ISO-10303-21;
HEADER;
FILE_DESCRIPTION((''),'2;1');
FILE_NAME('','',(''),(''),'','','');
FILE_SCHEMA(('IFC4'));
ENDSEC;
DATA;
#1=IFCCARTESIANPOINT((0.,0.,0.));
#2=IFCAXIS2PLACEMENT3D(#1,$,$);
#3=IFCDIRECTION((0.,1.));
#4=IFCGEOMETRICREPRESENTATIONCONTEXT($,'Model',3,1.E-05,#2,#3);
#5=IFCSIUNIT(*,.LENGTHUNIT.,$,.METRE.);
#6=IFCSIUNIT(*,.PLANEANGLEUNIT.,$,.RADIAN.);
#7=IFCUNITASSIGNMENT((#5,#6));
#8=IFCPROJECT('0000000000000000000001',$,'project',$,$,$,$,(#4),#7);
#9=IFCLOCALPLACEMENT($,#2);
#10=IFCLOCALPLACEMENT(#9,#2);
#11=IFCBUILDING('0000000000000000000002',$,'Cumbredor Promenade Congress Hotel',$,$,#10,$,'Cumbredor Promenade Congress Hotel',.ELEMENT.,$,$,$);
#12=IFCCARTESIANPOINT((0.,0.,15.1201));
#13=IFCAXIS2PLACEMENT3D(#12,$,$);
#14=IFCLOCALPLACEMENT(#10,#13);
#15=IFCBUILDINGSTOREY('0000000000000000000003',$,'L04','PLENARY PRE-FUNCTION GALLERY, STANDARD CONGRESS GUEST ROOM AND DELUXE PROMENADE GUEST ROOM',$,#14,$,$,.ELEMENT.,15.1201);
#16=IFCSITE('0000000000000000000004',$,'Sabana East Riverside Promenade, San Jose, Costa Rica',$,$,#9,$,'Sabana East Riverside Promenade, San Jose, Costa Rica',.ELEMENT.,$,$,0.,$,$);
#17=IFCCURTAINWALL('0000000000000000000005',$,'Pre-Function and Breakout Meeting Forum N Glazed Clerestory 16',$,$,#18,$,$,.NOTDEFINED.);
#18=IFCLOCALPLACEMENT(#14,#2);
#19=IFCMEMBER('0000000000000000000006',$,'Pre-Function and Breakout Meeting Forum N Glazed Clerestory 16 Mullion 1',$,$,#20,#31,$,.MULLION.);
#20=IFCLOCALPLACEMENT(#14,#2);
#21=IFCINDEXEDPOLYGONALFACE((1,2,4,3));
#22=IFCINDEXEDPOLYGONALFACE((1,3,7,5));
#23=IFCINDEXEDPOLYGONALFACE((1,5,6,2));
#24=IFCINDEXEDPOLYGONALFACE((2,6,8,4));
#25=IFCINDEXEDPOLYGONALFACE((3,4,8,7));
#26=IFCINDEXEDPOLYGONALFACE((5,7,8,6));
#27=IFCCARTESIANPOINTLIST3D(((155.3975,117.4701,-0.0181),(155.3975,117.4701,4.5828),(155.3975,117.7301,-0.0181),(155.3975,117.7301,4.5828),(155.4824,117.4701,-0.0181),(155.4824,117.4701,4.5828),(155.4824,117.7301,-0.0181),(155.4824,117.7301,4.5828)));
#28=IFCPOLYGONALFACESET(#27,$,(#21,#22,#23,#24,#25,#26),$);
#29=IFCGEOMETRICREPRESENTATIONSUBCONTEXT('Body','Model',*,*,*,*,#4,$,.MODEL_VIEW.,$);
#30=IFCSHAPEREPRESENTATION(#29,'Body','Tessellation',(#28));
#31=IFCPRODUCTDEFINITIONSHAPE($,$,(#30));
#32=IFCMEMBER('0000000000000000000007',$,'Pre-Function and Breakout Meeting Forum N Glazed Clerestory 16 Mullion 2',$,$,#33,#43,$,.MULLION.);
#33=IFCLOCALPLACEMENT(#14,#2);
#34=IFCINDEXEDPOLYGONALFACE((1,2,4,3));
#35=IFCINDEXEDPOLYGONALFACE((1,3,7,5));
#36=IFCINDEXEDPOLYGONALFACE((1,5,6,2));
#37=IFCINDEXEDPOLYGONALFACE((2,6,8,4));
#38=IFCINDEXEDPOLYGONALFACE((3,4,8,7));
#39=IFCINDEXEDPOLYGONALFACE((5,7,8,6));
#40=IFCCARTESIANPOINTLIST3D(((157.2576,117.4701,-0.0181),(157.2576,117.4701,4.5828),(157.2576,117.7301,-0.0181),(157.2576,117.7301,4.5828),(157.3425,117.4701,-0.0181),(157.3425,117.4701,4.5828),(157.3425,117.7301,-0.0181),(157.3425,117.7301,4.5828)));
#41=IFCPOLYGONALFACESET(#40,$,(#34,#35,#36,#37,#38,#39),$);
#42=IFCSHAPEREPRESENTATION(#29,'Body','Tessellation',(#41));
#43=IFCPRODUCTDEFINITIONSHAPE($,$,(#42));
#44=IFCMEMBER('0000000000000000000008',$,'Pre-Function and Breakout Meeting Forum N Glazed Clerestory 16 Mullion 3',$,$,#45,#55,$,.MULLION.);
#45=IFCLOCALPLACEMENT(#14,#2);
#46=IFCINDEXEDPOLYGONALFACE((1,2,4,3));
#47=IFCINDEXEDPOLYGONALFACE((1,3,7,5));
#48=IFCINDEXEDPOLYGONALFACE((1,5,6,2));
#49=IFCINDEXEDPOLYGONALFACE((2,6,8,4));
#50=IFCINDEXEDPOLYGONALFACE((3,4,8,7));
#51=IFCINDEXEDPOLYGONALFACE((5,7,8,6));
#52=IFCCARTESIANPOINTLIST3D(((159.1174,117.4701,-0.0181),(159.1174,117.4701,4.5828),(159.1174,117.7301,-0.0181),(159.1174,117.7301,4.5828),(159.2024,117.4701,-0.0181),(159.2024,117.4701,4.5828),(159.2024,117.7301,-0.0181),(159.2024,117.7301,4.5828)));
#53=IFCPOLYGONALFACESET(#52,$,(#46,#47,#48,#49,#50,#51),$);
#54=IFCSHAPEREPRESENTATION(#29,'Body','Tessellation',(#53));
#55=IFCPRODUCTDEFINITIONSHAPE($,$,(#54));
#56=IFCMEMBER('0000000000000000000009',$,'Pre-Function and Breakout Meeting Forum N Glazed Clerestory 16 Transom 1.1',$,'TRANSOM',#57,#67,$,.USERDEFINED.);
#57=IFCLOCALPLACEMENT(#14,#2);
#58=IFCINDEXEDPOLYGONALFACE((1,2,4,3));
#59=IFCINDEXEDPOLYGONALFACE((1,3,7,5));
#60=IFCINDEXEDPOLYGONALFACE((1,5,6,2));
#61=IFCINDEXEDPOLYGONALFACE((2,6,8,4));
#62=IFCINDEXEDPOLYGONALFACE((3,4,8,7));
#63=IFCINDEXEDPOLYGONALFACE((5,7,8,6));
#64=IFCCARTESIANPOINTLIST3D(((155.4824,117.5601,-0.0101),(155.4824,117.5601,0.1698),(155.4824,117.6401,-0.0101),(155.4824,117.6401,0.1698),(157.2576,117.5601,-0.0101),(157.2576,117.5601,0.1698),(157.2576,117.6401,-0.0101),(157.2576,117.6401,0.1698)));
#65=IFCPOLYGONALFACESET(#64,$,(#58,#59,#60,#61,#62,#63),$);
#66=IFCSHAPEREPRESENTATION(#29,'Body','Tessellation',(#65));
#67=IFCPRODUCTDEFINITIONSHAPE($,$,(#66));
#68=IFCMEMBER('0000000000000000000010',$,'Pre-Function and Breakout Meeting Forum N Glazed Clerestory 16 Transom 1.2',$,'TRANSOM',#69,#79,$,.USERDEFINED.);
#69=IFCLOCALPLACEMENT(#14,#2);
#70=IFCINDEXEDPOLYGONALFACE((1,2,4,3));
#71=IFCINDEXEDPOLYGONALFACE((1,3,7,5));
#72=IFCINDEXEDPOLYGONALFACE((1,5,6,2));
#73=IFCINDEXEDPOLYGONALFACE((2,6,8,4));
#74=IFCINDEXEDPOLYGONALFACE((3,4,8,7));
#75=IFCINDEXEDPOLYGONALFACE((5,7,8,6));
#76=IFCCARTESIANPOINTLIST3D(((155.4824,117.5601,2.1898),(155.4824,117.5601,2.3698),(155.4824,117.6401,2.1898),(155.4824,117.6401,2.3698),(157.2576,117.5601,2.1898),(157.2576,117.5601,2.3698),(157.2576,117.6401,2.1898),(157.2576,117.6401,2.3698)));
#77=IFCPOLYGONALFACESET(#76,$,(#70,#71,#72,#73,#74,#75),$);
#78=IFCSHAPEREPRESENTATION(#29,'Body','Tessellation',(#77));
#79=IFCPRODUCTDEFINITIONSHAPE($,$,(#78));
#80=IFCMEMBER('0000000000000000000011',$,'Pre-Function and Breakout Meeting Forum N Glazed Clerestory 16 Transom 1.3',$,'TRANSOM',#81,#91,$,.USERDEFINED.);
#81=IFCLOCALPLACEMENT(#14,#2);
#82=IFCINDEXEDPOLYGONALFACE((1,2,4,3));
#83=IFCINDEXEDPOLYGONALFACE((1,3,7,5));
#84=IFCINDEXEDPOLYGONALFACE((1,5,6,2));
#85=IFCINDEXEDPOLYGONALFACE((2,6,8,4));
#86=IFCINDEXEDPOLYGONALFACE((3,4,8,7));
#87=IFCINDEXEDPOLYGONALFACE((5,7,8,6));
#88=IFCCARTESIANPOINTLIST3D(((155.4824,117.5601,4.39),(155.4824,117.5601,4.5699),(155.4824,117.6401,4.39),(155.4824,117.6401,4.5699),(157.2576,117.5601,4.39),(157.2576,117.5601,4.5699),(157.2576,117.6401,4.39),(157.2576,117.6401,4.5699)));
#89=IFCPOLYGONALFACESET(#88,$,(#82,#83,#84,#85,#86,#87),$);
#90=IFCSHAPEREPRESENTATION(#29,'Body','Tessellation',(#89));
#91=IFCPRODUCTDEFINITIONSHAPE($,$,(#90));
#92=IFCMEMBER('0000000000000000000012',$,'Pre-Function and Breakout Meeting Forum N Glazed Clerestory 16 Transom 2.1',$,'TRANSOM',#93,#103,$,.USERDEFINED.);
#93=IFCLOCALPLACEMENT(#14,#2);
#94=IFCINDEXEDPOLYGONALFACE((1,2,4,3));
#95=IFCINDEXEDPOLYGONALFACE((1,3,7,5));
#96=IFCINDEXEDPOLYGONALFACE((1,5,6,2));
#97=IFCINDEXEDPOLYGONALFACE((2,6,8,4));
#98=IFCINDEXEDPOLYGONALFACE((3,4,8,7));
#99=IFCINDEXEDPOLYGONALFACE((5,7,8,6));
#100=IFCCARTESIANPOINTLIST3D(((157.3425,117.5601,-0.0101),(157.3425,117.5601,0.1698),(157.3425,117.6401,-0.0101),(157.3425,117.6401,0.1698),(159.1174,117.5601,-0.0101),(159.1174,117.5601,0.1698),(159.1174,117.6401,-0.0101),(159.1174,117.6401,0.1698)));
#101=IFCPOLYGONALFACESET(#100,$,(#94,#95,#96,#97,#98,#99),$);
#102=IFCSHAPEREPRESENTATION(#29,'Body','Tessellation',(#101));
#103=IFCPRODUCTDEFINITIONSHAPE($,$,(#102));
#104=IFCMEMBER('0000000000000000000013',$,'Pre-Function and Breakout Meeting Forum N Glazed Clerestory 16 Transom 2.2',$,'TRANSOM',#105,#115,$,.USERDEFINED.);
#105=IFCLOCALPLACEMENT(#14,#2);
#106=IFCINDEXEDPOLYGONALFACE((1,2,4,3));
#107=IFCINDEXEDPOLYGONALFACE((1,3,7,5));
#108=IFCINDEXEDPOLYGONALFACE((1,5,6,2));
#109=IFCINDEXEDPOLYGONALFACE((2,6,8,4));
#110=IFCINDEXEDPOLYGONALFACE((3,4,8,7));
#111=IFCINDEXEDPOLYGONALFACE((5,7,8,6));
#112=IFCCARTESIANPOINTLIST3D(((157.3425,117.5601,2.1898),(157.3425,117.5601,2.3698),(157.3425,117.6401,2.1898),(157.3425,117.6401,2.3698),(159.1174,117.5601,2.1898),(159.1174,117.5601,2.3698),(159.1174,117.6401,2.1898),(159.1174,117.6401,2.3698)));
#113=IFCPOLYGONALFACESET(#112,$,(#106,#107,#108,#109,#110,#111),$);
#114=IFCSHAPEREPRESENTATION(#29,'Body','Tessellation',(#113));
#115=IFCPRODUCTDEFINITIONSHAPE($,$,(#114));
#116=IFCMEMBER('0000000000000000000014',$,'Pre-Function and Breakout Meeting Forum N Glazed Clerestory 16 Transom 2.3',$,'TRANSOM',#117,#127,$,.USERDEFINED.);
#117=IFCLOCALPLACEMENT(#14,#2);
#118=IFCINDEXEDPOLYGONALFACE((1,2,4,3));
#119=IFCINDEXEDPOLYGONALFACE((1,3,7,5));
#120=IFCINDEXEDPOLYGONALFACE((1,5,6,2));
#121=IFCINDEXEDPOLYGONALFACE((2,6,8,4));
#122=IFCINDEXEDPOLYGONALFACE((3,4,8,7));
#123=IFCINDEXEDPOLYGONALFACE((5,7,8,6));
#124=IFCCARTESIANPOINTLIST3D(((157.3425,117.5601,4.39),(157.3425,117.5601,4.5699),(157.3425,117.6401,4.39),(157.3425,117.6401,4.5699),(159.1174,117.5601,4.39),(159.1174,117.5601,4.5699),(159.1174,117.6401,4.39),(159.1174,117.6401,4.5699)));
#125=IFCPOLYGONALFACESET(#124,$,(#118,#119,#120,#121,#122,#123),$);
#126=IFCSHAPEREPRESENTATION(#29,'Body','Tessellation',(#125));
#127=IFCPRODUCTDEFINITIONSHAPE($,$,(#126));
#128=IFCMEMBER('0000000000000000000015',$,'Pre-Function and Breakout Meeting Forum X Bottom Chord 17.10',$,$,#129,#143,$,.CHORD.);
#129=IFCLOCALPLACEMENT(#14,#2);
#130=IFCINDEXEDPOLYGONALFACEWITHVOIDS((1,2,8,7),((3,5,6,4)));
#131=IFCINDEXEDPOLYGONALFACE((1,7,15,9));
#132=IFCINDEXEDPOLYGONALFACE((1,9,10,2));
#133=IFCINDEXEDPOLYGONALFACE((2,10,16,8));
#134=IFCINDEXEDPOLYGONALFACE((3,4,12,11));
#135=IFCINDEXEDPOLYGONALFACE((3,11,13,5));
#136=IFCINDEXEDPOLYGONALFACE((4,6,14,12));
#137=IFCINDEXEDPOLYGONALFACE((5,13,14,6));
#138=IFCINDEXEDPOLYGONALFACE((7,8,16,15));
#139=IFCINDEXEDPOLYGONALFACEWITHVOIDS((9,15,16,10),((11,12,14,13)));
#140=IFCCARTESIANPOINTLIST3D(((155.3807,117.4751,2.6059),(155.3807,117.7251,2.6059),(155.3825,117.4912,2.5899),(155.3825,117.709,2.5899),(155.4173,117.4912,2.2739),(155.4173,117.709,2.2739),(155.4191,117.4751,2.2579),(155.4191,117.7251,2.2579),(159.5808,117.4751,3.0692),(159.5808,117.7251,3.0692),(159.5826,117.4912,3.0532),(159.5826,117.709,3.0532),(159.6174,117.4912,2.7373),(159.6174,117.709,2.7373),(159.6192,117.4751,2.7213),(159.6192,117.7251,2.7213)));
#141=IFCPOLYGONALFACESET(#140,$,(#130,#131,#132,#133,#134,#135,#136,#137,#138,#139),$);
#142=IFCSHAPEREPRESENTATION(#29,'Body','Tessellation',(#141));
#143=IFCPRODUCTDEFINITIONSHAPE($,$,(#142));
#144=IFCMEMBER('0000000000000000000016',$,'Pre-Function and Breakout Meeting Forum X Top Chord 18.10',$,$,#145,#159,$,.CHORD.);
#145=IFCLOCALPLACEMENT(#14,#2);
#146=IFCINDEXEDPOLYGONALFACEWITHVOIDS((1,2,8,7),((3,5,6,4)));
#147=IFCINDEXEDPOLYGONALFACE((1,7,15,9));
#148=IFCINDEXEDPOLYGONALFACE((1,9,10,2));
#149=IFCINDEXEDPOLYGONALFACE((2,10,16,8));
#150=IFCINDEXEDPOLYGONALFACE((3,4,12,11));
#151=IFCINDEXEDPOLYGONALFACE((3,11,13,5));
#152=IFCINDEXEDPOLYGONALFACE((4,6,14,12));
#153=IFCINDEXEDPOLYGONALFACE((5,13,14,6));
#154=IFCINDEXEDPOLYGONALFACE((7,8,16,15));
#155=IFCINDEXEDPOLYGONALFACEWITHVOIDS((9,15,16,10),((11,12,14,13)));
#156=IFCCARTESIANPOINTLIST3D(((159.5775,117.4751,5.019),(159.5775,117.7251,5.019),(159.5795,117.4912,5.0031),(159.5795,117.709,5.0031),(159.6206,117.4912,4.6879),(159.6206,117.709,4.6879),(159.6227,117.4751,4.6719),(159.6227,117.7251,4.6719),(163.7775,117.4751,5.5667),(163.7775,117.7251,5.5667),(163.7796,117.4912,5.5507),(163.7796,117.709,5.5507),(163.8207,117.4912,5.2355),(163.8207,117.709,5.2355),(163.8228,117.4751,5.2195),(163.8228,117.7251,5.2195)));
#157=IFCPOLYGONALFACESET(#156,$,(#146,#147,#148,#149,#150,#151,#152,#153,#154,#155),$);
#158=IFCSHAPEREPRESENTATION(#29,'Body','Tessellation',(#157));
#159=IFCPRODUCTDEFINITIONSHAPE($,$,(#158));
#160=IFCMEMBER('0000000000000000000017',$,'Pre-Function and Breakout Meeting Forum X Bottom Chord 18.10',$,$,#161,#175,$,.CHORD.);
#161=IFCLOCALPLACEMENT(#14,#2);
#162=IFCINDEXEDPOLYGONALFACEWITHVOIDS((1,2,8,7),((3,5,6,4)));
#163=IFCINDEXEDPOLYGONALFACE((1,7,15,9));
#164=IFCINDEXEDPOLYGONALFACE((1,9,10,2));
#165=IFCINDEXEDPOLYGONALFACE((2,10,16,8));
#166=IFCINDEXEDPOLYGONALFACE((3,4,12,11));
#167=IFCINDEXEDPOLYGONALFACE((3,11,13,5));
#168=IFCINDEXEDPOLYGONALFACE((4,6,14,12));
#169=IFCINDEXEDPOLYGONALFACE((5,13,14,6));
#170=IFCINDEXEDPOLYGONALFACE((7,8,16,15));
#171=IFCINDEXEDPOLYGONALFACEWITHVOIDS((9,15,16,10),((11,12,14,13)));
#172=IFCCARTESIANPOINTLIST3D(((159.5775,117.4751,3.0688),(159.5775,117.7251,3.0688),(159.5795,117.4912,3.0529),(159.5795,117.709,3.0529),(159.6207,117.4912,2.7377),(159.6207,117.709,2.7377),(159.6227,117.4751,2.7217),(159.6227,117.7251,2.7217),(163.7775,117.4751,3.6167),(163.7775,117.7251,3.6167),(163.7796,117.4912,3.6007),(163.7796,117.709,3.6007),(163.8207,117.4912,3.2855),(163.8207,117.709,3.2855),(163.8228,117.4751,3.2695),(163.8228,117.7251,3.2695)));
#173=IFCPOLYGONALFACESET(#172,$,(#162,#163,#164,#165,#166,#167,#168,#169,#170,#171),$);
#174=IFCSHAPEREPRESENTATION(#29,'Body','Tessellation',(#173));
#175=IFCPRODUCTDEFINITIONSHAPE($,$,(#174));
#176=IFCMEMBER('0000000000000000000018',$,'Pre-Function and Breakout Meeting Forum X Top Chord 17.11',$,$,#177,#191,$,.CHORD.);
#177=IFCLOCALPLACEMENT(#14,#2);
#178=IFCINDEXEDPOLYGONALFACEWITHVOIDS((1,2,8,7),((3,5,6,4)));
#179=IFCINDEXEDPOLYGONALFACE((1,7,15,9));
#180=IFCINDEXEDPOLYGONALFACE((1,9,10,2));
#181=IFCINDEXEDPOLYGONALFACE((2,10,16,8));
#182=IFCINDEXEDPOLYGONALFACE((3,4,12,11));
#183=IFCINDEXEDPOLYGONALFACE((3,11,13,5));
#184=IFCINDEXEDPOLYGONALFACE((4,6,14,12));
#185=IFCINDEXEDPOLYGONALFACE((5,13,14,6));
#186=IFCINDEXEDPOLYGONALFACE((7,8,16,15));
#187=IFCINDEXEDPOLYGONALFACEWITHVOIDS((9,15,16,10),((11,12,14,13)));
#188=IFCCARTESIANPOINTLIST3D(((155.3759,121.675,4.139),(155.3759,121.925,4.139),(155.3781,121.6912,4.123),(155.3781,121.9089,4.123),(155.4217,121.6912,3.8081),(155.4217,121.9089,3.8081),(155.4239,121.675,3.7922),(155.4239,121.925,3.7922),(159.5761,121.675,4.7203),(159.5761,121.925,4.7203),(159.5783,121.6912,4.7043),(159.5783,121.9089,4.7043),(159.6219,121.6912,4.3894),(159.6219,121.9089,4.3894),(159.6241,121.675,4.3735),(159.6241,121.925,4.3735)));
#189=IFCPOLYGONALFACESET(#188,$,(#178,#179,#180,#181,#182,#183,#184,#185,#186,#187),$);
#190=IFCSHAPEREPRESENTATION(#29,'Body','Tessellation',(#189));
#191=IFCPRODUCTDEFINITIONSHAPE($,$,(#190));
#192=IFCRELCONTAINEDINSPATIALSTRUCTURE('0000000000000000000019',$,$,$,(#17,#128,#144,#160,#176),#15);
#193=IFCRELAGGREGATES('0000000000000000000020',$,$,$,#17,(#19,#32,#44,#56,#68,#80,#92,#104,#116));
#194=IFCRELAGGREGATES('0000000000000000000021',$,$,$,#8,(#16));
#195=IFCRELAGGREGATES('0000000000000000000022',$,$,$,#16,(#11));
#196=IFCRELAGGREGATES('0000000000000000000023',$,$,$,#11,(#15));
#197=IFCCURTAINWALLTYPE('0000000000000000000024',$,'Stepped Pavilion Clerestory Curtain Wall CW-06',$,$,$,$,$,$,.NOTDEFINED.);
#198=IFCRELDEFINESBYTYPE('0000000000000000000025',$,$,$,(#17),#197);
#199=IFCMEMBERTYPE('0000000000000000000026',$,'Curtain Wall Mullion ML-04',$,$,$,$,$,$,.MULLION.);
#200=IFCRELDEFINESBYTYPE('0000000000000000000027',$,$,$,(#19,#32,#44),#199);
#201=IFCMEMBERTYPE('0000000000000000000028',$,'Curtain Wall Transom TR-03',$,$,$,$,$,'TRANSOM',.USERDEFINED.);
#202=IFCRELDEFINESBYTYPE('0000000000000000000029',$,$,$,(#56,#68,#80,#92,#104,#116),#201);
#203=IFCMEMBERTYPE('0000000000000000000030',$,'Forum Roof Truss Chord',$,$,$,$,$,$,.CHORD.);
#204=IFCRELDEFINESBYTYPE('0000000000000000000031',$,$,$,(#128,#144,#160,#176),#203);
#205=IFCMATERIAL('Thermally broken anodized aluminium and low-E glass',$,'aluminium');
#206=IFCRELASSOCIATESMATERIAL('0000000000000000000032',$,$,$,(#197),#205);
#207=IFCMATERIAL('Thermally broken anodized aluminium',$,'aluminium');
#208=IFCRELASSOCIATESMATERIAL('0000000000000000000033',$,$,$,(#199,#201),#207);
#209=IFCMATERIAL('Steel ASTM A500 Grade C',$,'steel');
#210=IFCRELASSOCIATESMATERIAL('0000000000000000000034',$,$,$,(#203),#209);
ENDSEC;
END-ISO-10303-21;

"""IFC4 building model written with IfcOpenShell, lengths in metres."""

from ifc_helpers import new_model, si_unit, direction, frame, origin, origin_2d, place, context, subcontext, project, spatial, rectangle, hollow_rectangle, extrude, material, material_profile, profile_set, type_object, element, aggregate, save


model = new_model("IFC4")

# Units and contexts
model_context = context("Model", 3, precision=1e-05, world=origin(), true_north=direction((0.0, 1.0)))
body_context = subcontext(model_context, "Body", "Model", "MODEL_VIEW")
ifc_project = project(units=[si_unit("LENGTHUNIT", "METRE"), si_unit("PLANEANGLEUNIT", "RADIAN")], contexts=[model_context])

# Site, building, storey
site_placement = place(None, origin())
site = spatial("IfcSite", under=ifc_project, at=site_placement, Name="Sabana East Riverside Promenade, San Jose, Costa Rica", LongName="Sabana East Riverside Promenade, San Jose, Costa Rica", CompositionType="ELEMENT", RefElevation=0.0)
building_placement = place(site_placement, origin())
building = spatial("IfcBuilding", under=site, at=building_placement, Name="Cumbredor Promenade Congress Hotel", LongName="Cumbredor Promenade Congress Hotel", CompositionType="ELEMENT")
storey_placement = place(building_placement, frame((0.0, 0.0, 15.1201)))
storey = spatial("IfcBuildingStorey", under=building, at=storey_placement, Name="L04", Description="PLENARY PRE-FUNCTION GALLERY, STANDARD CONGRESS GUEST ROOM AND DELUXE PROMENADE GUEST ROOM", CompositionType="ELEMENT", Elevation=15.1201)

# Curtain wall, members
ifc_material_1 = material(Name="Thermally broken anodized aluminium and low-E glass", Category="aluminium")
curtain_wall_type = type_object("IfcCurtainWallType", Name="Stepped Pavilion Clerestory Curtain Wall CW-06", PredefinedType="NOTDEFINED", material=ifc_material_1)
curtain_wall_placement = place(storey_placement, origin())
curtain_wall = element("IfcCurtainWall", 1, at=curtain_wall_placement, inside=storey, type_object=curtain_wall_type, Name="Pre-Function and Breakout Meeting Forum N Glazed Clerestory 16", PredefinedType="NOTDEFINED")
ifc_material_2 = material(Name="Thermally broken anodized aluminium", Category="aluminium")
ifc_material_profile_1 = material_profile(ifc_material_2, rectangle(XDim=0.085, YDim=0.26, at=origin_2d()), Name="ALU MULLION CLERESTORY 85x260")
ifc_profile_set_1 = profile_set([ifc_material_profile_1], Name="Thermally broken anodized aluminium")
member_type_1 = type_object("IfcMemberType", Name="Curtain Wall Mullion ML-04", PredefinedType="MULLION", material=ifc_profile_set_1)
member_1_placement = place(storey_placement, frame((155.4399, 117.6001, -0.0181), z_axis=(0.0, 0.0, 1.0), x_axis=(1.0, 0.0, 0.0)))
member_1 = element("IfcMember", 2, at=member_1_placement, type_object=member_type_1, Name="Pre-Function and Breakout Meeting Forum N Glazed Clerestory 16 Mullion 1", PredefinedType="MULLION", context=body_context, shape_type="SweptSolid", body=[
    extrude(rectangle(XDim=0.085, YDim=0.26, at=origin_2d()), origin(), (0.0, 0.0, 1.0), 4.6008),
])
member_2_placement = place(storey_placement, frame((157.3, 117.6001, -0.0181), z_axis=(0.0, 0.0, 1.0), x_axis=(1.0, 0.0, 0.0)))
member_2 = element("IfcMember", 3, at=member_2_placement, type_object=member_type_1, Name="Pre-Function and Breakout Meeting Forum N Glazed Clerestory 16 Mullion 2", PredefinedType="MULLION", context=body_context, shape_type="SweptSolid", body=[
    extrude(rectangle(XDim=0.085, YDim=0.26, at=origin_2d()), origin(), (0.0, 0.0, 1.0), 4.6008),
])
member_3_placement = place(storey_placement, frame((159.1599, 117.6001, -0.0181), z_axis=(0.0, 0.0, 1.0), x_axis=(1.0, 0.0, 0.0)))
member_3 = element("IfcMember", 4, at=member_3_placement, type_object=member_type_1, Name="Pre-Function and Breakout Meeting Forum N Glazed Clerestory 16 Mullion 3", PredefinedType="MULLION", context=body_context, shape_type="SweptSolid", body=[
    extrude(rectangle(XDim=0.085, YDim=0.26, at=origin_2d()), origin(), (0.0, 0.0, 1.0), 4.6008),
])
ifc_material_profile_2 = material_profile(ifc_material_2, rectangle(XDim=0.0801, YDim=0.1799, at=origin_2d()), Name="ALU TRANSOM 80x180")
ifc_profile_set_2 = profile_set([ifc_material_profile_2], Name="Thermally broken anodized aluminium")
member_type_2 = type_object("IfcMemberType", Name="Curtain Wall Transom TR-03", ElementType="TRANSOM", PredefinedType="USERDEFINED", material=ifc_profile_set_2)
member_4_placement = place(storey_placement, frame((155.4824, 117.6001, 0.0798), z_axis=(1.0, 0.0, 0.0), x_axis=(0.0, 1.0, 0.0)))
member_4 = element("IfcMember", 5, at=member_4_placement, type_object=member_type_2, Name="Pre-Function and Breakout Meeting Forum N Glazed Clerestory 16 Transom 1.1", ObjectType="TRANSOM", PredefinedType="USERDEFINED", context=body_context, shape_type="SweptSolid", body=[
    extrude(rectangle(XDim=0.0801, YDim=0.1799, at=origin_2d()), origin(), (0.0, 0.0, 1.0), 1.7751),
])
member_5_placement = place(storey_placement, frame((155.4824, 117.6001, 2.2798), z_axis=(1.0, 0.0, 0.0), x_axis=(0.0, 1.0, 0.0)))
member_5 = element("IfcMember", 6, at=member_5_placement, type_object=member_type_2, Name="Pre-Function and Breakout Meeting Forum N Glazed Clerestory 16 Transom 1.2", ObjectType="TRANSOM", PredefinedType="USERDEFINED", context=body_context, shape_type="SweptSolid", body=[
    extrude(rectangle(XDim=0.0801, YDim=0.1799, at=origin_2d()), origin(), (0.0, 0.0, 1.0), 1.7751),
])
member_6_placement = place(storey_placement, frame((155.4824, 117.6001, 4.48), z_axis=(1.0, 0.0, 0.0), x_axis=(0.0, 1.0, 0.0)))
member_6 = element("IfcMember", 7, at=member_6_placement, type_object=member_type_2, Name="Pre-Function and Breakout Meeting Forum N Glazed Clerestory 16 Transom 1.3", ObjectType="TRANSOM", PredefinedType="USERDEFINED", context=body_context, shape_type="SweptSolid", body=[
    extrude(rectangle(XDim=0.0801, YDim=0.1799, at=origin_2d()), origin(), (0.0, 0.0, 1.0), 1.7751),
])
member_7_placement = place(storey_placement, frame((157.3425, 117.6001, 0.0798), z_axis=(1.0, 0.0, 0.0), x_axis=(0.0, 1.0, 0.0)))
member_7 = element("IfcMember", 8, at=member_7_placement, type_object=member_type_2, Name="Pre-Function and Breakout Meeting Forum N Glazed Clerestory 16 Transom 2.1", ObjectType="TRANSOM", PredefinedType="USERDEFINED", context=body_context, shape_type="SweptSolid", body=[
    extrude(rectangle(XDim=0.0801, YDim=0.1799, at=origin_2d()), origin(), (0.0, 0.0, 1.0), 1.7749),
])
member_8_placement = place(storey_placement, frame((157.3425, 117.6001, 2.2798), z_axis=(1.0, 0.0, 0.0), x_axis=(0.0, 1.0, 0.0)))
member_8 = element("IfcMember", 9, at=member_8_placement, type_object=member_type_2, Name="Pre-Function and Breakout Meeting Forum N Glazed Clerestory 16 Transom 2.2", ObjectType="TRANSOM", PredefinedType="USERDEFINED", context=body_context, shape_type="SweptSolid", body=[
    extrude(rectangle(XDim=0.0801, YDim=0.1799, at=origin_2d()), origin(), (0.0, 0.0, 1.0), 1.7749),
])
member_9_placement = place(storey_placement, frame((157.3425, 117.6001, 4.48), z_axis=(1.0, 0.0, 0.0), x_axis=(0.0, 1.0, 0.0)))
member_9 = element("IfcMember", 10, at=member_9_placement, type_object=member_type_2, Name="Pre-Function and Breakout Meeting Forum N Glazed Clerestory 16 Transom 2.3", ObjectType="TRANSOM", PredefinedType="USERDEFINED", context=body_context, shape_type="SweptSolid", body=[
    extrude(rectangle(XDim=0.0801, YDim=0.1799, at=origin_2d()), origin(), (0.0, 0.0, 1.0), 1.7749),
])

# Members
ifc_material_3 = material(Name="Steel ASTM A500 Grade C", Category="steel")
ifc_material_profile_3 = material_profile(ifc_material_3, hollow_rectangle(XDim=0.25, YDim=0.3501, WallThickness=0.0161, at=origin_2d()), Name="HSS 350x250x16")
ifc_profile_set_3 = profile_set([ifc_material_profile_3], Name="Steel ASTM A500 Grade C")
member_type_3 = type_object("IfcMemberType", Name="Forum Roof Truss Chord", PredefinedType="CHORD", material=ifc_profile_set_3)
member_10_placement = place(storey_placement, frame((155.3999, 117.6001, 2.4319), z_axis=(0.993969, 0.0, 0.109658), x_axis=(0.0, 1.0, 0.0)))
element("IfcMember", 11, at=member_10_placement, inside=storey, type_object=member_type_3, Name="Pre-Function and Breakout Meeting Forum X Bottom Chord 17.10", PredefinedType="CHORD", context=body_context, shape_type="SweptSolid", body=[
    extrude(hollow_rectangle(XDim=0.25, YDim=0.3501, WallThickness=0.0161, at=origin_2d()), origin(), (0.0, 0.0, 1.0), 4.2256),
])
for number, where, z_axis, x_axis, name in (
    (12, (159.6001, 117.6001, 4.8455), (0.991607, 0.0, 0.12929), (0.0, 1.0, 0.0), "Pre-Function and Breakout Meeting Forum X Top Chord 18.10"),
    (13, (159.6001, 117.6001, 2.8953), (0.991599, 0.0, 0.129347), (0.0, 1.0, 0.0), "Pre-Function and Breakout Meeting Forum X Bottom Chord 18.10"),
):
    element("IfcMember", number, at=place(storey_placement, frame(where, z_axis=z_axis, x_axis=x_axis)), inside=storey, type_object=member_type_3, Name=name, PredefinedType="CHORD", context=body_context, shape_type="SweptSolid", body=[
        extrude(hollow_rectangle(XDim=0.25, YDim=0.3501, WallThickness=0.0161, at=origin_2d()), origin(), (0.0, 0.0, 1.0), 4.2356),
    ])
for number, where, z_axis, x_axis, name in (
    (14, (155.3999, 121.8, 3.9656), (0.990558, 0.0, 0.137091), (0.0, 1.0, 0.0), "Pre-Function and Breakout Meeting Forum X Top Chord 17.11"),
):
    element("IfcMember", number, at=place(storey_placement, frame(where, z_axis=z_axis, x_axis=x_axis)), inside=storey, type_object=member_type_3, Name=name, PredefinedType="CHORD", context=body_context, shape_type="SweptSolid", body=[
        extrude(hollow_rectangle(XDim=0.25, YDim=0.3501, WallThickness=0.0161, at=origin_2d()), origin(), (0.0, 0.0, 1.0), 4.2402),
    ])

aggregate(curtain_wall, [member_1, member_2, member_3, member_4, member_5, member_6, member_7, member_8, member_9])

save(model, "model.ifc")
